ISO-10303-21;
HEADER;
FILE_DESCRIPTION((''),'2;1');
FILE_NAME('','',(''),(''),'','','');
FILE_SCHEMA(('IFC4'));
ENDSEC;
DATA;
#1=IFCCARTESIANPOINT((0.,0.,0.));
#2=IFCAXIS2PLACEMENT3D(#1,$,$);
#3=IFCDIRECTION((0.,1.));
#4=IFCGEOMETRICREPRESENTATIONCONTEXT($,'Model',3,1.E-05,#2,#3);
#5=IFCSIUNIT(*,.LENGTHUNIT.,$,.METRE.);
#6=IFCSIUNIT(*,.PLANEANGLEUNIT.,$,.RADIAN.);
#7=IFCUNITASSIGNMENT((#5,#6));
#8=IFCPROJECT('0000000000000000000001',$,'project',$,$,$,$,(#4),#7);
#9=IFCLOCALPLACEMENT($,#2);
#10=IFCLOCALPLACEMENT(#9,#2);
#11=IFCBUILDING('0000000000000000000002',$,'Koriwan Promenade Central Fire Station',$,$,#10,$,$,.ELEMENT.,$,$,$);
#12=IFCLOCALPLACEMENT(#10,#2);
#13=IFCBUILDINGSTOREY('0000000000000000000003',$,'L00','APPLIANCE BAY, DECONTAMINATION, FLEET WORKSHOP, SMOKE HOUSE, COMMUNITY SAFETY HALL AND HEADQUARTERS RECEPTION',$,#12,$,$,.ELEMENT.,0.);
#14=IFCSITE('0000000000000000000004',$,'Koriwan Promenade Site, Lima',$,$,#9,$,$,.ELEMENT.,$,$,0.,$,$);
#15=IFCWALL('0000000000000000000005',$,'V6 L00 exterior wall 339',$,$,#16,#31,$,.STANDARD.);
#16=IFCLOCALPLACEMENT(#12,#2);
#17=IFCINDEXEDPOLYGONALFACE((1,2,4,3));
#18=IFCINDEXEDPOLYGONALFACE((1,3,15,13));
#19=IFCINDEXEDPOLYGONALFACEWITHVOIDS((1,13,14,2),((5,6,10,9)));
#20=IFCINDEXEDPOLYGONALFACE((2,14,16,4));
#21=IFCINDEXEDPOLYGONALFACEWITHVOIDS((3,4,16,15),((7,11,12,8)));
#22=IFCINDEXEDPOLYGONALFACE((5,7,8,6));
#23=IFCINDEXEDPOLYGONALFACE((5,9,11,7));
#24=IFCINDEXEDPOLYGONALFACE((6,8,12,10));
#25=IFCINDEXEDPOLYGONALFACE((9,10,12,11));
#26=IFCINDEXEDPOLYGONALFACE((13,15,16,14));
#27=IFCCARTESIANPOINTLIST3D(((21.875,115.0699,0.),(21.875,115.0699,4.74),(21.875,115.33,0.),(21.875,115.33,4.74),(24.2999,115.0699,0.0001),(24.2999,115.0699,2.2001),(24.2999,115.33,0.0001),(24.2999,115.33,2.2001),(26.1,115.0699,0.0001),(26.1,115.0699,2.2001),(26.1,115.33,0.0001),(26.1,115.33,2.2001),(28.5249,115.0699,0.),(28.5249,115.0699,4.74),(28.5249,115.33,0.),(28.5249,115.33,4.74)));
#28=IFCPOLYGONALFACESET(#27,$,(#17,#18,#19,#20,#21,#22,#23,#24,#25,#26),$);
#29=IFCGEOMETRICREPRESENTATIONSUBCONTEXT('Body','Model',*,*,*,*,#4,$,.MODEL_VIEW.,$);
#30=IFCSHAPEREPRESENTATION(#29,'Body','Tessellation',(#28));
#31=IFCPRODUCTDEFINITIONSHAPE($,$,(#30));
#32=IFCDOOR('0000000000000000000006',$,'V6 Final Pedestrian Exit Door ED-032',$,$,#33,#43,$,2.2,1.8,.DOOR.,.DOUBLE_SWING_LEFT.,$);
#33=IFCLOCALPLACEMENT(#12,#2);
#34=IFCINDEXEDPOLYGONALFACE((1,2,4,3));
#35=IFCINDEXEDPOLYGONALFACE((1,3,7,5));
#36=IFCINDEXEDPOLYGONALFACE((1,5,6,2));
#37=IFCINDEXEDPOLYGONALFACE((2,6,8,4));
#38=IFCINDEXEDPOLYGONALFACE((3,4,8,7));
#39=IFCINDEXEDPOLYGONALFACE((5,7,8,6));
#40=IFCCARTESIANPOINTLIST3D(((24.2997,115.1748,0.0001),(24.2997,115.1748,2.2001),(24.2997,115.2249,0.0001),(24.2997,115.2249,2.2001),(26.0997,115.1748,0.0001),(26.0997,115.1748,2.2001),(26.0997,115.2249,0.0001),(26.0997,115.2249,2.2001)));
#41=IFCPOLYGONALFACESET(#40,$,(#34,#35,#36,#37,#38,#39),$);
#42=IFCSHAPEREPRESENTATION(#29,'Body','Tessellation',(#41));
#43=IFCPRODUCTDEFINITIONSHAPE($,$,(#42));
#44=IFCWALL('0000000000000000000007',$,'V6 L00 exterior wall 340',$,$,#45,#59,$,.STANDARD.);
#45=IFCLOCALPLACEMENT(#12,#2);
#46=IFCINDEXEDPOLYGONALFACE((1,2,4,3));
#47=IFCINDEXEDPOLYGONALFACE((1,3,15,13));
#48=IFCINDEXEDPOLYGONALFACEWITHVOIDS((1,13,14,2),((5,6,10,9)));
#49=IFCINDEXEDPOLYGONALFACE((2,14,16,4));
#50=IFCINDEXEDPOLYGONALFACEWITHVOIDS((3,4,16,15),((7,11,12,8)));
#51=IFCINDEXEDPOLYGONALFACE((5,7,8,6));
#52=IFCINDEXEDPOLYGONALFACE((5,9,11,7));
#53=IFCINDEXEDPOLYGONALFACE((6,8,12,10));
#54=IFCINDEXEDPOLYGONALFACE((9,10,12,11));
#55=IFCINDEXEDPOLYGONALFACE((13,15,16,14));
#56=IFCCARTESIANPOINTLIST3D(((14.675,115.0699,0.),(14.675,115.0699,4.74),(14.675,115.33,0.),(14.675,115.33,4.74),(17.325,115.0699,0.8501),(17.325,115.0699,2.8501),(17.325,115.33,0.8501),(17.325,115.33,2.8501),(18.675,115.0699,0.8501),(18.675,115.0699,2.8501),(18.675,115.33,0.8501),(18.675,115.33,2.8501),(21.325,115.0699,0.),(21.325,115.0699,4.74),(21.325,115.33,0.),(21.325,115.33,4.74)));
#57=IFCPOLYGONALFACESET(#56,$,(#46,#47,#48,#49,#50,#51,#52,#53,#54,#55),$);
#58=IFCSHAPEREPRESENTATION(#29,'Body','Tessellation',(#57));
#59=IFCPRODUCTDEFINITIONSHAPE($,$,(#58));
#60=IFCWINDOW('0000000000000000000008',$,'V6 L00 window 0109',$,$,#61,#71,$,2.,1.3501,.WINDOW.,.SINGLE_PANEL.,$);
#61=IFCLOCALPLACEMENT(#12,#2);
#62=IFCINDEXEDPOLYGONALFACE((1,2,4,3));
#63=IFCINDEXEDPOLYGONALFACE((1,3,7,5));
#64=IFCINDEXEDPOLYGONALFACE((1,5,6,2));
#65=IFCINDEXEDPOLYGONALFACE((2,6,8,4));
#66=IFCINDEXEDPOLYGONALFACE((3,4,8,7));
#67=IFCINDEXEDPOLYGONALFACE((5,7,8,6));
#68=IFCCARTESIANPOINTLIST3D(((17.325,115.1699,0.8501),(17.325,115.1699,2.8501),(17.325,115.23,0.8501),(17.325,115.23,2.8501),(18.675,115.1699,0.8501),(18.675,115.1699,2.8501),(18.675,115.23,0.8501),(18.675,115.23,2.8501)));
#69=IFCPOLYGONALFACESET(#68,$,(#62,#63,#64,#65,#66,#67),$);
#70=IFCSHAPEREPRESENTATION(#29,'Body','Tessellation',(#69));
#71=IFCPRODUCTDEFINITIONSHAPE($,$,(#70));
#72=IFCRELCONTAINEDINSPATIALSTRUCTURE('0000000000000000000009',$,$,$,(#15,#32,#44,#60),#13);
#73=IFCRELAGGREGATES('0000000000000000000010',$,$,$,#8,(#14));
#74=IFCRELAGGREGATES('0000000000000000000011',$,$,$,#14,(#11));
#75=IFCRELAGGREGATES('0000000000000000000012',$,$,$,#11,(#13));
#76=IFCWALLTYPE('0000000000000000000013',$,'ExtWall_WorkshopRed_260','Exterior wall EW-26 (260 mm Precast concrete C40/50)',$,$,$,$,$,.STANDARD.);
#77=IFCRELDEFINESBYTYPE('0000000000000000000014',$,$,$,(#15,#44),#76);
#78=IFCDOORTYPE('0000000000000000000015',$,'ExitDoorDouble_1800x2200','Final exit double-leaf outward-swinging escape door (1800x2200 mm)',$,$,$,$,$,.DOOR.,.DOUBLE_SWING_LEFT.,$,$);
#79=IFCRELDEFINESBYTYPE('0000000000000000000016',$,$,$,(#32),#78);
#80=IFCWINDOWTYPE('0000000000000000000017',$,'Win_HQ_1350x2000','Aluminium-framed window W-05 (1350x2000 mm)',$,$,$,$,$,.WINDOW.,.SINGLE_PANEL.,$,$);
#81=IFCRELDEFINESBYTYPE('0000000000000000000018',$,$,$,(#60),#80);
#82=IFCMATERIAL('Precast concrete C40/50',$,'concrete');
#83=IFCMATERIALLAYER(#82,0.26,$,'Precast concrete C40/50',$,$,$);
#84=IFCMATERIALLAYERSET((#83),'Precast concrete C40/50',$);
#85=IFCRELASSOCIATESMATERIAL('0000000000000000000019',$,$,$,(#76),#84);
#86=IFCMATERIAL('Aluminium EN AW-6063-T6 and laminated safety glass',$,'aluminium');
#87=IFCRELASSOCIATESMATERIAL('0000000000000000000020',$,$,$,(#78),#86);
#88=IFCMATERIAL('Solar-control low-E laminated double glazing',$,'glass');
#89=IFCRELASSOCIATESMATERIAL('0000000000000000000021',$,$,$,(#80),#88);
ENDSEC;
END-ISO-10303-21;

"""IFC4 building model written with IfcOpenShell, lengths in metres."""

from ifc_helpers import new_model, si_unit, direction, frame, frame_2d, origin, place, context, subcontext, project, spatial, rectangle, extrude, material, layer, layer_set, type_object, element, fill, save


model = new_model("IFC4")

# Units and contexts
model_context = context("Model", 3, precision=1e-05, world=origin(), true_north=direction((0.0, 1.0)))
body_context = subcontext(model_context, "Body", "Model", "MODEL_VIEW")
ifc_project = project(units=[si_unit("LENGTHUNIT", "METRE"), si_unit("PLANEANGLEUNIT", "RADIAN")], contexts=[model_context])

# Site, building, storey
site_placement = place(None, origin())
site = spatial("IfcSite", under=ifc_project, at=site_placement, Name="Koriwan Promenade Site, Lima", CompositionType="ELEMENT", RefElevation=0.0)
building_placement = place(site_placement, origin())
building = spatial("IfcBuilding", under=site, at=building_placement, Name="Koriwan Promenade Central Fire Station", CompositionType="ELEMENT")
storey_placement = place(building_placement, origin())
storey = spatial("IfcBuildingStorey", under=building, at=storey_placement, Name="L00", Description="APPLIANCE BAY, DECONTAMINATION, FLEET WORKSHOP, SMOKE HOUSE, COMMUNITY SAFETY HALL AND HEADQUARTERS RECEPTION", CompositionType="ELEMENT", Elevation=0.0)

# Wall, opening, door
ifc_material_1 = material(Name="Precast concrete C40/50", Category="concrete")
ifc_layer_1 = layer(ifc_material_1, 0.26, Name="Precast concrete C40/50")
ifc_layer_set_1 = layer_set([ifc_layer_1], Name="Precast concrete C40/50")
wall_type_1 = type_object("IfcWallType", Name="ExtWall_WorkshopRed_260", Description="Exterior wall EW-26 (260 mm Precast concrete C40/50)", PredefinedType="STANDARD", material=ifc_layer_set_1)
wall_1_placement = place(storey_placement, frame((28.5249, 115.2, 0.0), z_axis=(0.0, 0.0, 1.0), x_axis=(-1.0, 0.0, 0.0)))
wall_1 = element("IfcWall", 1, at=wall_1_placement, inside=storey, type_object=wall_type_1, Name="V6 L00 exterior wall 339", PredefinedType="STANDARD", context=body_context, shape_type="SweptSolid", body=[
    extrude(rectangle(XDim=6.6499, YDim=0.26, at=frame_2d((3.325, 0.0))), origin(), (0.0, 0.0, 1.0), 4.74),
])
opening_1_placement = place(wall_1_placement, frame((2.425, 0.0, 0.0)))
opening_1 = element("IfcOpeningElement", 2, at=opening_1_placement, cuts=wall_1, PredefinedType="OPENING", context=body_context, shape_type="SweptSolid", body=[
    extrude(rectangle(XDim=1.8, YDim=2.2, at=frame_2d((0.8999, 1.1001))), frame((0.0, 0.1421, 0.0), z_axis=(0.0, -1.0, 0.0), x_axis=(1.0, 0.0, 0.0)), (0.0, 0.0, 1.0), 0.2839),
])
ifc_material_2 = material(Name="Aluminium EN AW-6063-T6 and laminated safety glass", Category="aluminium")
door_type = type_object("IfcDoorType", Name="ExitDoorDouble_1800x2200", Description="Final exit double-leaf outward-swinging escape door (1800x2200 mm)", OperationType="DOUBLE_SWING_LEFT", PredefinedType="DOOR", material=ifc_material_2)
door_placement = place(opening_1_placement, frame((1.8, 0.0, 0.0), z_axis=(0.0, 0.0, 1.0), x_axis=(-1.0, 0.0, 0.0)))
door = element("IfcDoor", 3, at=door_placement, inside=storey, type_object=door_type, Name="V6 Final Pedestrian Exit Door ED-032", OperationType="DOUBLE_SWING_LEFT", OverallHeight=2.2, OverallWidth=1.8, PredefinedType="DOOR", context=body_context, shape_type="SweptSolid", body=[
    extrude(rectangle(XDim=1.8, YDim=2.2, at=frame_2d((0.8999, 1.1001))), frame((0.0, 0.0249, 0.0), z_axis=(0.0, -1.0, 0.0), x_axis=(1.0, 0.0, 0.0)), (0.0, 0.0, 1.0), 0.05),
])
fill(opening_1, door)

# Wall, opening, window
wall_2_placement = place(storey_placement, frame((21.325, 115.2, 0.0), z_axis=(0.0, 0.0, 1.0), x_axis=(-1.0, 0.0, 0.0)))
wall_2 = element("IfcWall", 4, at=wall_2_placement, inside=storey, type_object=wall_type_1, Name="V6 L00 exterior wall 340", PredefinedType="STANDARD", context=body_context, shape_type="SweptSolid", body=[
    extrude(rectangle(XDim=6.6499, YDim=0.26, at=frame_2d((3.325, 0.0))), origin(), (0.0, 0.0, 1.0), 4.74),
])
opening_2_placement = place(wall_2_placement, frame((2.6499, 0.0, 0.8501)))
opening_2 = element("IfcOpeningElement", 5, at=opening_2_placement, cuts=wall_2, PredefinedType="OPENING", context=body_context, shape_type="SweptSolid", body=[
    extrude(rectangle(XDim=1.3501, YDim=2.0, at=frame_2d((0.675, 1.0))), frame((0.0, 0.1421, 0.0), z_axis=(0.0, -1.0, 0.0), x_axis=(1.0, 0.0, 0.0)), (0.0, 0.0, 1.0), 0.2839),
])
ifc_material_3 = material(Name="Solar-control low-E laminated double glazing", Category="glass")
window_type = type_object("IfcWindowType", Name="Win_HQ_1350x2000", Description="Aluminium-framed window W-05 (1350x2000 mm)", PartitioningType="SINGLE_PANEL", PredefinedType="WINDOW", material=ifc_material_3)
window_placement = place(opening_2_placement, origin())
window = element("IfcWindow", 6, at=window_placement, inside=storey, type_object=window_type, Name="V6 L00 window 0109", OverallHeight=2.0, OverallWidth=1.3501, PartitioningType="SINGLE_PANEL", PredefinedType="WINDOW", context=body_context, shape_type="SweptSolid", body=[
    extrude(rectangle(XDim=1.3501, YDim=2.0, at=frame_2d((0.675, 1.0))), frame((0.0, 0.03, 0.0), z_axis=(0.0, -1.0, 0.0), x_axis=(1.0, 0.0, 0.0)), (0.0, 0.0, 1.0), 0.0601),
])
fill(opening_2, window)

save(model, "model.ifc")
